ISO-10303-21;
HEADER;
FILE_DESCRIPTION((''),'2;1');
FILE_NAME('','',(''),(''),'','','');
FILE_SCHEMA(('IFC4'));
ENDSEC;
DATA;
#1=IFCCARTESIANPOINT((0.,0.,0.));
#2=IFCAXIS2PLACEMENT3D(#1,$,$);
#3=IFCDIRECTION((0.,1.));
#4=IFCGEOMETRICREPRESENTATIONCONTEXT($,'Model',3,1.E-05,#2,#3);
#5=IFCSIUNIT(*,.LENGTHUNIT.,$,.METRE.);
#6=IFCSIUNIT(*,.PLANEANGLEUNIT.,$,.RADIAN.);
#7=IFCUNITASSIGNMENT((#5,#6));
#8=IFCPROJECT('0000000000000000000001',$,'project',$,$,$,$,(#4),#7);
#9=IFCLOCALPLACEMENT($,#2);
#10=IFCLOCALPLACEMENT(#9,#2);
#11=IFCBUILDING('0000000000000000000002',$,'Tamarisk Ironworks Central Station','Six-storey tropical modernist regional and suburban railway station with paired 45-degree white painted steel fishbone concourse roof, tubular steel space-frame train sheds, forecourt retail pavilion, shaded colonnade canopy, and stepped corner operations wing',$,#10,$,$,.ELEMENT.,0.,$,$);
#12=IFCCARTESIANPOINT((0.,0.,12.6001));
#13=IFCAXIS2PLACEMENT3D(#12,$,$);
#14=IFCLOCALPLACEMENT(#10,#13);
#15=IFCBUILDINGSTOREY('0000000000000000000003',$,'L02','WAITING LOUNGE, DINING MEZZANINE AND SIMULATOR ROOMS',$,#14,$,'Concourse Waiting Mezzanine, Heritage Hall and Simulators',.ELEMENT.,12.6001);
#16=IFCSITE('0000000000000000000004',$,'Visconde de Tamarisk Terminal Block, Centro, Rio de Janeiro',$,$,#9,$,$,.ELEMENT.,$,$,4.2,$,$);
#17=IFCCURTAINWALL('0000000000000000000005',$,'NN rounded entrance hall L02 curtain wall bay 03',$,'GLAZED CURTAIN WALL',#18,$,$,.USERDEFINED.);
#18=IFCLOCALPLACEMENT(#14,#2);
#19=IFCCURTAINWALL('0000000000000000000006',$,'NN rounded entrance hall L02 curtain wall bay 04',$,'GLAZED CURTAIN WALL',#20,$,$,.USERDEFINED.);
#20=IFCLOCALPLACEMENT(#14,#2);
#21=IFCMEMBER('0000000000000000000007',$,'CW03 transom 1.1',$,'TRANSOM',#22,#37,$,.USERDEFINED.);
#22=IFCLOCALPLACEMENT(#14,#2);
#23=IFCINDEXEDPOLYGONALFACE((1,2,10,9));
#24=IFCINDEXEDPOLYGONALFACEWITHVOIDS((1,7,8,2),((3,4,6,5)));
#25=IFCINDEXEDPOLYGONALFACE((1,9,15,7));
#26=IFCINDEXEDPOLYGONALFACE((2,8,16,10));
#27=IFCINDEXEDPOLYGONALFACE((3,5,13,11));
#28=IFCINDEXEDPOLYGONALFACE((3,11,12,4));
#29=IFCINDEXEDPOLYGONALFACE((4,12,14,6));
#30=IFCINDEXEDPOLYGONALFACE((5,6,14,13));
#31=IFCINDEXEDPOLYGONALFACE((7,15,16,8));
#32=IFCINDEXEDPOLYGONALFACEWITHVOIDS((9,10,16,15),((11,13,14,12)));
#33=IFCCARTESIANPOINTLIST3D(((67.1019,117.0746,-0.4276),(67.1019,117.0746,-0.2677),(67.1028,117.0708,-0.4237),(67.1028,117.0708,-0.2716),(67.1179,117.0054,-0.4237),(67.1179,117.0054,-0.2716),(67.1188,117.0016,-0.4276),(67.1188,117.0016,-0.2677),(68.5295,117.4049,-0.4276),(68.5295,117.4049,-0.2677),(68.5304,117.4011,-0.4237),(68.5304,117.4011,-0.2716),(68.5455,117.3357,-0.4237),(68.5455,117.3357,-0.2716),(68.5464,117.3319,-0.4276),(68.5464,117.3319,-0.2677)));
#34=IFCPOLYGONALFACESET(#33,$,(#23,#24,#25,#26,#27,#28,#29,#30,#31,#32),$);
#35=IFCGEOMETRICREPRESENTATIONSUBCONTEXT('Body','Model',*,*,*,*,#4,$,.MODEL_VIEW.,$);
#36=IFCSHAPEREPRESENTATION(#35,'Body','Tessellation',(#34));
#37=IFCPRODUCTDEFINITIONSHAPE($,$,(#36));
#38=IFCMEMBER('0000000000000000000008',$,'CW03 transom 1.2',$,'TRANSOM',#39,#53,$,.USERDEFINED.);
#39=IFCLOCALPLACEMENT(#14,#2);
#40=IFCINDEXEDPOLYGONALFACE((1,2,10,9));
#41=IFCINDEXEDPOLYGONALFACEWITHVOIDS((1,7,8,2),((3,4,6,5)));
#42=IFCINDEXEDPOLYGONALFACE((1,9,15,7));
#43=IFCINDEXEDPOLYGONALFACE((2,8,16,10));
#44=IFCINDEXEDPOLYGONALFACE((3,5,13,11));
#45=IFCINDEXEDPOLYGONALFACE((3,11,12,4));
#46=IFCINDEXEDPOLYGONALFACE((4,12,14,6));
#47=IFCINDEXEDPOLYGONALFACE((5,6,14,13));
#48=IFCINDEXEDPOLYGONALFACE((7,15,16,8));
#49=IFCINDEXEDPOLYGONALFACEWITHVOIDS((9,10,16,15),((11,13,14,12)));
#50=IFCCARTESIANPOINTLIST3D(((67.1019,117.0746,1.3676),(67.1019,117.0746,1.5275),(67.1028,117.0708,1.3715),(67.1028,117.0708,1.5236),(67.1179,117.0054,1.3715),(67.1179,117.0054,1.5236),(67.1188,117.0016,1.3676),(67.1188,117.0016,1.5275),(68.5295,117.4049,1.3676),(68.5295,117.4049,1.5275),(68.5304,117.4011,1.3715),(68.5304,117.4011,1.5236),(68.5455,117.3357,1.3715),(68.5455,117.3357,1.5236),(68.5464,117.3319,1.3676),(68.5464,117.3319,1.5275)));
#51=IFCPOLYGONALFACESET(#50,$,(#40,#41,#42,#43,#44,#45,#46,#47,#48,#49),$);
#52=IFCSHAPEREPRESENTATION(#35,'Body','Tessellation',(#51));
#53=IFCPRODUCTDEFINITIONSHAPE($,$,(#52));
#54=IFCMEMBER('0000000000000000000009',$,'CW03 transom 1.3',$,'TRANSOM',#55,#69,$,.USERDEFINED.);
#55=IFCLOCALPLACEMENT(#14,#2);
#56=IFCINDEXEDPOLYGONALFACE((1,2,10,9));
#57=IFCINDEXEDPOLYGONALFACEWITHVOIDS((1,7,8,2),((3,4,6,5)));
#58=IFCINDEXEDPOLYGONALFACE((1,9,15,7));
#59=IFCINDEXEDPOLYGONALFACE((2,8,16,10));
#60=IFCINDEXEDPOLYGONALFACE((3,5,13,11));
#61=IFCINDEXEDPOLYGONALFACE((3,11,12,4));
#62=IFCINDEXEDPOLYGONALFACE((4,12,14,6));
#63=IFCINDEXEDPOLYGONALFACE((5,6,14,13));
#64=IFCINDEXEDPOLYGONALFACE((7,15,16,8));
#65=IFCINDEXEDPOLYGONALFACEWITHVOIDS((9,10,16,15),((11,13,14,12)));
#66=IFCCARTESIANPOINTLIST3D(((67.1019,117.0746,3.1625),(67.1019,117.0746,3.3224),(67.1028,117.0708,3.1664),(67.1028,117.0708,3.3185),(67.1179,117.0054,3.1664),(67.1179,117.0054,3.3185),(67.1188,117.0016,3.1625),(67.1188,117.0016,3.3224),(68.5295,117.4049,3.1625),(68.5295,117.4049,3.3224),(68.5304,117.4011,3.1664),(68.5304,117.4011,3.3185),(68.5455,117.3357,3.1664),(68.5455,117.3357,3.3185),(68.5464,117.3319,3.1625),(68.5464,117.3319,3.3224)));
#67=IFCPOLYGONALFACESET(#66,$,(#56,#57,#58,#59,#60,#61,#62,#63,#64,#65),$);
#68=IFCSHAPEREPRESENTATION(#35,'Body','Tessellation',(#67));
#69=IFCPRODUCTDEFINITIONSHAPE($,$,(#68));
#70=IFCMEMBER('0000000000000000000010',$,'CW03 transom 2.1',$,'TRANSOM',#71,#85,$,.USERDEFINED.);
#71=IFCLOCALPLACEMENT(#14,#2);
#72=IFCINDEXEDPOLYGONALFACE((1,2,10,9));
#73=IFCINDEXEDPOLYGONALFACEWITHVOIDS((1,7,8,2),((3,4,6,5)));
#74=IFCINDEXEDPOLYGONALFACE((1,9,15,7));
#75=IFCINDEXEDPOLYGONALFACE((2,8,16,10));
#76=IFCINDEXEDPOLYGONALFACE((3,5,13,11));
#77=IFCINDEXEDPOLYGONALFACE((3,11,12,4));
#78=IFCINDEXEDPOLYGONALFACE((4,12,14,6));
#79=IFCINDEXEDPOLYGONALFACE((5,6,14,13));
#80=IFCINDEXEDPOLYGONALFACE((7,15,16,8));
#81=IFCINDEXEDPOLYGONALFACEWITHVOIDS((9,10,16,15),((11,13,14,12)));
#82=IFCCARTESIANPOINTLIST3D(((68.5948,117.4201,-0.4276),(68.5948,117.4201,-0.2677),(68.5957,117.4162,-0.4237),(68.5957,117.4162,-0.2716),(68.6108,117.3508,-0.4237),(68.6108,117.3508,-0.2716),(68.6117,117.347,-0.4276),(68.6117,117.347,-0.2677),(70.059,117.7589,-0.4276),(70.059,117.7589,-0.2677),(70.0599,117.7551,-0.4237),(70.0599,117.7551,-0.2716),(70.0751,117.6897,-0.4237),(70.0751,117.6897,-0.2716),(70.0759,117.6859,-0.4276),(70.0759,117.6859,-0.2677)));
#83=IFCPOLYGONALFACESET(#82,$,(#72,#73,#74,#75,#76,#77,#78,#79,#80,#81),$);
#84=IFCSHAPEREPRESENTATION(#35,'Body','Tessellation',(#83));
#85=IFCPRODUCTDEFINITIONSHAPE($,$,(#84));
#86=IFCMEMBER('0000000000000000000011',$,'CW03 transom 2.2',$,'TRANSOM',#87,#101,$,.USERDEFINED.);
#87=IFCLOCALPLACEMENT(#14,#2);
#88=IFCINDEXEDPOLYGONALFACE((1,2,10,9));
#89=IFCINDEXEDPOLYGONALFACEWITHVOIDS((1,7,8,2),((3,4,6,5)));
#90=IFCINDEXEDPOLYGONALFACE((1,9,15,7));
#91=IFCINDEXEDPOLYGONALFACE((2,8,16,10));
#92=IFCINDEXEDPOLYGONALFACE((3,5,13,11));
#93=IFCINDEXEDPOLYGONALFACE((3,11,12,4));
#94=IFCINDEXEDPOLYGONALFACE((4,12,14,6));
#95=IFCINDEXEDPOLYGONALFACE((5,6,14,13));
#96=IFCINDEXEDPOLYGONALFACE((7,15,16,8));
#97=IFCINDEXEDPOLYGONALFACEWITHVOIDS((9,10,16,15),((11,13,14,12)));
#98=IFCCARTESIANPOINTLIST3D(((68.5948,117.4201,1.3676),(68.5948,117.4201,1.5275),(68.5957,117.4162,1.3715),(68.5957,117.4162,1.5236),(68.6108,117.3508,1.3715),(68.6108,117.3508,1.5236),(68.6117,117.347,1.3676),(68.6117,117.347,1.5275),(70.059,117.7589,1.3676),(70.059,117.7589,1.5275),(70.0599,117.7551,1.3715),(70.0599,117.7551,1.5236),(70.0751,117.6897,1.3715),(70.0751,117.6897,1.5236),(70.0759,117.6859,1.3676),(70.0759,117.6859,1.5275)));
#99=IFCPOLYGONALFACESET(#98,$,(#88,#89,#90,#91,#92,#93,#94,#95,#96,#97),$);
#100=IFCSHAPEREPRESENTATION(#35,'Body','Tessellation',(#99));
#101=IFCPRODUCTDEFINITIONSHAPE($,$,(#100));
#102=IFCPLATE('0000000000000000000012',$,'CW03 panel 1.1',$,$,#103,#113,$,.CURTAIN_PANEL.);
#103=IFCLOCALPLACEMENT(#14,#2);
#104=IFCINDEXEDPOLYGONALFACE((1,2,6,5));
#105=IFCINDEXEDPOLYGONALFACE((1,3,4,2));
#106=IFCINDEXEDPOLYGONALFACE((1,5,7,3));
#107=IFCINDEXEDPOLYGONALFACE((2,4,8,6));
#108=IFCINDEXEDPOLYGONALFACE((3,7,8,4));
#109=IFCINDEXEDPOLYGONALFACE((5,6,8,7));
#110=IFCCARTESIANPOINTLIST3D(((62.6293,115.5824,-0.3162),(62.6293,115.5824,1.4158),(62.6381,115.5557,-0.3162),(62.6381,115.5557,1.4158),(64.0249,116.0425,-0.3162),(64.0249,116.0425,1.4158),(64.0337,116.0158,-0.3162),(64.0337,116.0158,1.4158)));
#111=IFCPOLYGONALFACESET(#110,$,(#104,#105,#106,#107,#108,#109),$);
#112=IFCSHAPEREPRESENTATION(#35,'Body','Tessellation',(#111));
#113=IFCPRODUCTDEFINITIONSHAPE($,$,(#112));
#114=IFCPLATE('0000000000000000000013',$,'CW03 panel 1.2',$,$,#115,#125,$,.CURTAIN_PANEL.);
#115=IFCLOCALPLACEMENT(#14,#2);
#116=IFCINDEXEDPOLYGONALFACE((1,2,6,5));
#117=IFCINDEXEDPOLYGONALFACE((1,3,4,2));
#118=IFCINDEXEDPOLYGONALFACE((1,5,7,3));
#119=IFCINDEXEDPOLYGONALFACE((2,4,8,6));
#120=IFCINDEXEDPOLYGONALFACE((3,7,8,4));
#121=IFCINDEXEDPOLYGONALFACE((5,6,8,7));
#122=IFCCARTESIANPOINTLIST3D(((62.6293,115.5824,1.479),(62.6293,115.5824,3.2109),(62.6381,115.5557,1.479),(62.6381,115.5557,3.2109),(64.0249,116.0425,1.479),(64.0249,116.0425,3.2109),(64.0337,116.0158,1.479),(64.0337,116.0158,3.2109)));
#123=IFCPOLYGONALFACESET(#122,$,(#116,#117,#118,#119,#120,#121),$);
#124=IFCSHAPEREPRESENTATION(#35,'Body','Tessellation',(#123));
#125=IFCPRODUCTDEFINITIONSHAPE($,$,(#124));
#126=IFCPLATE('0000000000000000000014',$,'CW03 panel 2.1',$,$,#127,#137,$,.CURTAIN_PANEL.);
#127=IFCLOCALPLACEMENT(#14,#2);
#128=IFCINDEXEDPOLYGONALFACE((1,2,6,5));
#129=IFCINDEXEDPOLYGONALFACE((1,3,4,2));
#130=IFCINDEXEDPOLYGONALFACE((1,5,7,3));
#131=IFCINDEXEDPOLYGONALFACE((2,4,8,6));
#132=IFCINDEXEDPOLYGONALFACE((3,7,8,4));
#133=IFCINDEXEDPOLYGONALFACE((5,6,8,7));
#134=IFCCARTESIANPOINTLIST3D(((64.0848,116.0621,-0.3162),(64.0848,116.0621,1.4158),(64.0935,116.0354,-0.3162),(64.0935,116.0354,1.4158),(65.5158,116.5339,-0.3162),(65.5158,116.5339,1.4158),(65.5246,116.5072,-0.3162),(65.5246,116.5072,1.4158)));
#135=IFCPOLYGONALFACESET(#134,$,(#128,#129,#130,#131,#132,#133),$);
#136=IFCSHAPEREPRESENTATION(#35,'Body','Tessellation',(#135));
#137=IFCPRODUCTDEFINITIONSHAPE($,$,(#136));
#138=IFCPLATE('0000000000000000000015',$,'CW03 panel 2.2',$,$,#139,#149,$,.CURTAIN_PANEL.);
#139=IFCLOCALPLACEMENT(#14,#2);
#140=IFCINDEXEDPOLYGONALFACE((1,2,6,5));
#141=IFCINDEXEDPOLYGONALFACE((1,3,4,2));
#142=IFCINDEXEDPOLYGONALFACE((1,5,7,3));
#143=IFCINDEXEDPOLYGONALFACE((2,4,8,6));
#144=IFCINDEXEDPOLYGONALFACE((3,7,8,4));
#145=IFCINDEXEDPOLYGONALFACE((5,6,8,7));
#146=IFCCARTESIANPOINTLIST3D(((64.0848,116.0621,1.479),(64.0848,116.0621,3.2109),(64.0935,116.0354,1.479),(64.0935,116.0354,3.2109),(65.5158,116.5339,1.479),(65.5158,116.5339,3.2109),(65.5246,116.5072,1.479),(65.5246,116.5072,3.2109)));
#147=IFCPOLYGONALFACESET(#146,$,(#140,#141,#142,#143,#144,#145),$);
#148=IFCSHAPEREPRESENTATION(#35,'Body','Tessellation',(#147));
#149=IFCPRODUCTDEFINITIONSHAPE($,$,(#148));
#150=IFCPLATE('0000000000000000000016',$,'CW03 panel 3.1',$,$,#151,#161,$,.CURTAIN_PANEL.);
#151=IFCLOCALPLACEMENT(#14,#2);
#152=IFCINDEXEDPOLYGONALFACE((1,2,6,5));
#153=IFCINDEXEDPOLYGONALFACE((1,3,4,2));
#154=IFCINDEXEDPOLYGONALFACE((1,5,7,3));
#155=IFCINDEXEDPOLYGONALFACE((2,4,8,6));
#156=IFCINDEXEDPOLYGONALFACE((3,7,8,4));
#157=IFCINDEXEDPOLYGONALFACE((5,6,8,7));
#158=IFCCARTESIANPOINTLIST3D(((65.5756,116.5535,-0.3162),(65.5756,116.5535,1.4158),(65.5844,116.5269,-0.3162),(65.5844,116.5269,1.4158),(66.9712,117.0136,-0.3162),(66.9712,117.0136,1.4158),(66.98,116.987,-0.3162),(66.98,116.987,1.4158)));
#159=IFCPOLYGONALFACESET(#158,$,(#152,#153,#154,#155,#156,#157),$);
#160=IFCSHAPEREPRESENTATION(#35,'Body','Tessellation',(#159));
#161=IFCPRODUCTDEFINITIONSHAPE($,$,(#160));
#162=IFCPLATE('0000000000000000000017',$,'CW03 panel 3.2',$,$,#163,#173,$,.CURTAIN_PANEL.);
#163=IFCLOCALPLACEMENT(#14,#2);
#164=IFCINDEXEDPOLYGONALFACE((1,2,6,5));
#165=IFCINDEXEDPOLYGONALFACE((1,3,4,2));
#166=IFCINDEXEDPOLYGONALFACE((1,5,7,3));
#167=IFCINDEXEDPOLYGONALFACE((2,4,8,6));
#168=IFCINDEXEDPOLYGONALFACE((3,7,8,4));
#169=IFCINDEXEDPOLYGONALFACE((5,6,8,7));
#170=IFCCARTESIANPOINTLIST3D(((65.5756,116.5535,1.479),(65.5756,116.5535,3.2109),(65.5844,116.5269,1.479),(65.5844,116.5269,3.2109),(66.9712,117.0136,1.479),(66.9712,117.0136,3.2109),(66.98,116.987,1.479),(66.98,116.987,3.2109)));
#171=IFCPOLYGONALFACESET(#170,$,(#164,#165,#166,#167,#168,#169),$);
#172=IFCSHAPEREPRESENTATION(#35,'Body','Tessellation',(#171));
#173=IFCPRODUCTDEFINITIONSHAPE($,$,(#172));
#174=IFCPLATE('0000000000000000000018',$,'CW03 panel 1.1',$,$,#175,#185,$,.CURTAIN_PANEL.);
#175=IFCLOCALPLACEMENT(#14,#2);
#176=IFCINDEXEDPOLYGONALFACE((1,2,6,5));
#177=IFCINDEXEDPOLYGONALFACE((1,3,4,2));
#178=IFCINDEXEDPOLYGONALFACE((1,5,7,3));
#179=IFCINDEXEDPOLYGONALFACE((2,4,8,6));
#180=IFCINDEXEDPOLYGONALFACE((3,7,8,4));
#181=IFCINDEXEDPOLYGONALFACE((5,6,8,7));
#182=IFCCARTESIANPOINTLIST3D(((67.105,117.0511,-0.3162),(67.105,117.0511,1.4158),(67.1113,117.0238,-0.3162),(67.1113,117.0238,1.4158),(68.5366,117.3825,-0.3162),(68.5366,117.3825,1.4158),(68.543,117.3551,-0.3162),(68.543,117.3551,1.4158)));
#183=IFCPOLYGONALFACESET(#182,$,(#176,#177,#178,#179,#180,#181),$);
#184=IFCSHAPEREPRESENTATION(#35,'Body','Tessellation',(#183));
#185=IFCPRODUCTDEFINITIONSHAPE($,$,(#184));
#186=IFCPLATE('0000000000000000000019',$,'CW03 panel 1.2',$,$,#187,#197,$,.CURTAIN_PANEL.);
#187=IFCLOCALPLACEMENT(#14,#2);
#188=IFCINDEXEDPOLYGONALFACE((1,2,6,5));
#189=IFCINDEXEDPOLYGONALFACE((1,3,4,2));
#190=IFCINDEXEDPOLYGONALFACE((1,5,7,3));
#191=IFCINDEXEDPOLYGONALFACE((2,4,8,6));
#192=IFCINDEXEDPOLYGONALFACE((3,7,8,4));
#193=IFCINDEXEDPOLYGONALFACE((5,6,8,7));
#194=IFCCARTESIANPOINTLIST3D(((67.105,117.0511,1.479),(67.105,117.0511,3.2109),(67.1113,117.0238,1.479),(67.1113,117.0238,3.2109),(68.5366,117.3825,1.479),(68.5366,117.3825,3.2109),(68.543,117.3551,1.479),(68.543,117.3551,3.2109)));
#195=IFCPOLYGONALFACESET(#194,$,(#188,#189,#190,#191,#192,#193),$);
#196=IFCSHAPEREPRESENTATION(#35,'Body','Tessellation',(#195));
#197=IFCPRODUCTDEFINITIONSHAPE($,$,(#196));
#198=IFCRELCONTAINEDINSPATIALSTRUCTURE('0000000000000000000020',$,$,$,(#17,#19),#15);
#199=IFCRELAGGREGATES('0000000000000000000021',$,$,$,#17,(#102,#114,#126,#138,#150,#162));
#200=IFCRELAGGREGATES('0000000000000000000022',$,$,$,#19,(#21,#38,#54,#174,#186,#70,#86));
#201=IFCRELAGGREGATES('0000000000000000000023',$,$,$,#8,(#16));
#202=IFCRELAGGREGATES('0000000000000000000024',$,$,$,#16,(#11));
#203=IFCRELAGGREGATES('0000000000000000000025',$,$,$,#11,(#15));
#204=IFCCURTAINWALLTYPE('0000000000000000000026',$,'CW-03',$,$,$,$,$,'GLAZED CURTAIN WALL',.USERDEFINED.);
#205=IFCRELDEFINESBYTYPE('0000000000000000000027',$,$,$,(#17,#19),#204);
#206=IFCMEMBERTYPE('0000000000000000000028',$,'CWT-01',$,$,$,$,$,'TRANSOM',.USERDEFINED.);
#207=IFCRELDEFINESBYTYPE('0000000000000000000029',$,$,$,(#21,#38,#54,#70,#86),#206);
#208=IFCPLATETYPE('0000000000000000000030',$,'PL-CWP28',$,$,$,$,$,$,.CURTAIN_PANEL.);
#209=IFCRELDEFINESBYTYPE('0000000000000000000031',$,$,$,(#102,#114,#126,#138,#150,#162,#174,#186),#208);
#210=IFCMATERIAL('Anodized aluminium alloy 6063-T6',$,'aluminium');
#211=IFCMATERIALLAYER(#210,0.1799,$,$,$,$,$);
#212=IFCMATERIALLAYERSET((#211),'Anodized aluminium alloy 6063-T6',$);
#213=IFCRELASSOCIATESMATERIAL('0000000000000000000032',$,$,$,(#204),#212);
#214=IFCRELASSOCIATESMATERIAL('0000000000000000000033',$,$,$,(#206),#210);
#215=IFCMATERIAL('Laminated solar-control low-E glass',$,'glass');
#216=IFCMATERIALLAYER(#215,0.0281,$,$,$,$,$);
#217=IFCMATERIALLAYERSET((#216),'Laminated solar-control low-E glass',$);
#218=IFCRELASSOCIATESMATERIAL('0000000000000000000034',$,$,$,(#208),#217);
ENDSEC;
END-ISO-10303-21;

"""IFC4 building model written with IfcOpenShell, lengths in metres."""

from ifc_helpers import new_model, si_unit, direction, frame, origin, origin_2d, place, context, subcontext, project, spatial, rectangle, hollow_rectangle, extrude, material, layer, layer_set, material_profile, profile_set, type_object, element, aggregate, save


model = new_model("IFC4")

# Units and contexts
model_context = context("Model", 3, precision=1e-05, world=origin(), true_north=direction((0.0, 1.0)))
body_context = subcontext(model_context, "Body", "Model", "MODEL_VIEW")
ifc_project = project(units=[si_unit("LENGTHUNIT", "METRE"), si_unit("PLANEANGLEUNIT", "RADIAN")], contexts=[model_context])

# Site, building, storey
site_placement = place(None, origin())
site = spatial("IfcSite", under=ifc_project, at=site_placement, Name="Visconde de Tamarisk Terminal Block, Centro, Rio de Janeiro", CompositionType="ELEMENT", RefElevation=4.2)
building_placement = place(site_placement, origin())
building = spatial("IfcBuilding", under=site, at=building_placement, Name="Tamarisk Ironworks Central Station", Description="Six-storey tropical modernist regional and suburban railway station with paired 45-degree white painted steel fishbone concourse roof, tubular steel space-frame train sheds, forecourt retail pavilion, shaded colonnade canopy, and stepped corner operations wing", CompositionType="ELEMENT", ElevationOfRefHeight=0.0)
storey_placement = place(building_placement, frame((0.0, 0.0, 12.6001)))
storey = spatial("IfcBuildingStorey", under=building, at=storey_placement, Name="L02", Description="WAITING LOUNGE, DINING MEZZANINE AND SIMULATOR ROOMS", LongName="Concourse Waiting Mezzanine, Heritage Hall and Simulators", CompositionType="ELEMENT", Elevation=12.6001)

# Shared definitions
ifc_material_1 = material(Name="Anodized aluminium alloy 6063-T6", Category="aluminium")
ifc_layer_1 = layer(ifc_material_1, 0.1799)
ifc_layer_set_1 = layer_set([ifc_layer_1], Name="Anodized aluminium alloy 6063-T6")
curtain_wall_type = type_object("IfcCurtainWallType", Name="CW-03", ElementType="GLAZED CURTAIN WALL", PredefinedType="USERDEFINED", material=ifc_layer_set_1)

# Curtain walls
curtain_wall_1_placement = place(storey_placement, origin())
curtain_wall_1 = element("IfcCurtainWall", 1, at=curtain_wall_1_placement, inside=storey, type_object=curtain_wall_type, Name="NN rounded entrance hall L02 curtain wall bay 03", ObjectType="GLAZED CURTAIN WALL", PredefinedType="USERDEFINED")
curtain_wall_2_placement = place(storey_placement, origin())
curtain_wall_2 = element("IfcCurtainWall", 2, at=curtain_wall_2_placement, inside=storey, type_object=curtain_wall_type, Name="NN rounded entrance hall L02 curtain wall bay 04", ObjectType="GLAZED CURTAIN WALL", PredefinedType="USERDEFINED")

# Members
ifc_material_profile_1 = material_profile(ifc_material_1, hollow_rectangle(XDim=0.075, YDim=0.1599, WallThickness=0.0039, at=origin_2d()), Name="ALUM 160x75")
ifc_profile_set_1 = profile_set([ifc_material_profile_1], Name="Anodized aluminium alloy 6063-T6")
member_type_1 = type_object("IfcMemberType", Name="CWT-01", ElementType="TRANSOM", PredefinedType="USERDEFINED", material=ifc_profile_set_1)
member_1_placement = place(storey_placement, frame((67.1104, 117.0381, -0.3477), z_axis=(0.974256, 0.225444, 0.0), x_axis=(-0.225444, 0.974256, 0.0)))
member_1 = element("IfcMember", 3, at=member_1_placement, type_object=member_type_1, Name="CW03 transom 1.1", ObjectType="TRANSOM", PredefinedType="USERDEFINED", context=body_context, shape_type="SweptSolid", body=[
    extrude(hollow_rectangle(XDim=0.075, YDim=0.1599, WallThickness=0.0039, at=origin_2d()), origin(), (0.0, 0.0, 1.0), 1.4653),
])
member_2_placement = place(storey_placement, frame((67.1104, 117.0381, 1.4475), z_axis=(0.974256, 0.225444, 0.0), x_axis=(-0.225444, 0.974256, 0.0)))
member_2 = element("IfcMember", 4, at=member_2_placement, type_object=member_type_1, Name="CW03 transom 1.2", ObjectType="TRANSOM", PredefinedType="USERDEFINED", context=body_context, shape_type="SweptSolid", body=[
    extrude(hollow_rectangle(XDim=0.075, YDim=0.1599, WallThickness=0.0039, at=origin_2d()), origin(), (0.0, 0.0, 1.0), 1.4653),
])
member_3_placement = place(storey_placement, frame((67.1104, 117.0381, 3.2424), z_axis=(0.974256, 0.225444, 0.0), x_axis=(-0.225444, 0.974256, 0.0)))
member_3 = element("IfcMember", 5, at=member_3_placement, type_object=member_type_1, Name="CW03 transom 1.3", ObjectType="TRANSOM", PredefinedType="USERDEFINED", context=body_context, shape_type="SweptSolid", body=[
    extrude(hollow_rectangle(XDim=0.075, YDim=0.1599, WallThickness=0.0039, at=origin_2d()), origin(), (0.0, 0.0, 1.0), 1.4653),
])
member_4_placement = place(storey_placement, frame((68.6033, 117.3835, -0.3477), z_axis=(0.974246, 0.225488, 0.0), x_axis=(-0.225488, 0.974246, 0.0)))
member_4 = element("IfcMember", 6, at=member_4_placement, type_object=member_type_1, Name="CW03 transom 2.1", ObjectType="TRANSOM", PredefinedType="USERDEFINED", context=body_context, shape_type="SweptSolid", body=[
    extrude(hollow_rectangle(XDim=0.075, YDim=0.1599, WallThickness=0.0039, at=origin_2d()), origin(), (0.0, 0.0, 1.0), 1.5029),
])
member_5_placement = place(storey_placement, frame((68.6033, 117.3835, 1.4475), z_axis=(0.974246, 0.225488, 0.0), x_axis=(-0.225488, 0.974246, 0.0)))
member_5 = element("IfcMember", 7, at=member_5_placement, type_object=member_type_1, Name="CW03 transom 2.2", ObjectType="TRANSOM", PredefinedType="USERDEFINED", context=body_context, shape_type="SweptSolid", body=[
    extrude(hollow_rectangle(XDim=0.075, YDim=0.1599, WallThickness=0.0039, at=origin_2d()), origin(), (0.0, 0.0, 1.0), 1.5029),
])

# Plates
ifc_material_2 = material(Name="Laminated solar-control low-E glass", Category="glass")
ifc_layer_2 = layer(ifc_material_2, 0.0281)
ifc_layer_set_2 = layer_set([ifc_layer_2], Name="Laminated solar-control low-E glass")
plate_type = type_object("IfcPlateType", Name="PL-CWP28", PredefinedType="CURTAIN_PANEL", material=ifc_layer_set_2)
plate_1_placement = place(storey_placement, frame((63.3315, 115.7991, -0.3162), z_axis=(0.0, 0.0, 1.0), x_axis=(0.949721, 0.313098, 0.0)))
plate_1 = element("IfcPlate", 8, at=plate_1_placement, type_object=plate_type, Name="CW03 panel 1.1", PredefinedType="CURTAIN_PANEL", context=body_context, shape_type="SweptSolid", body=[
    extrude(rectangle(XDim=1.4695, YDim=0.0281, at=origin_2d()), origin(), (0.0, 0.0, 1.0), 1.7319),
])
plate_2_placement = place(storey_placement, frame((63.3315, 115.7991, 1.479), z_axis=(0.0, 0.0, 1.0), x_axis=(0.949721, 0.313098, 0.0)))
plate_2 = element("IfcPlate", 9, at=plate_2_placement, type_object=plate_type, Name="CW03 panel 1.2", PredefinedType="CURTAIN_PANEL", context=body_context, shape_type="SweptSolid", body=[
    extrude(rectangle(XDim=1.4695, YDim=0.0281, at=origin_2d()), origin(), (0.0, 0.0, 1.0), 1.7319),
])
plate_3_placement = place(storey_placement, frame((64.8047, 116.2847, -0.3162), z_axis=(0.0, 0.0, 1.0), x_axis=(0.949721, 0.313098, 0.0)))
plate_3 = element("IfcPlate", 10, at=plate_3_placement, type_object=plate_type, Name="CW03 panel 2.1", PredefinedType="CURTAIN_PANEL", context=body_context, shape_type="SweptSolid", body=[
    extrude(rectangle(XDim=1.5068, YDim=0.0281, at=origin_2d()), origin(), (0.0, 0.0, 1.0), 1.7319),
])
plate_4_placement = place(storey_placement, frame((64.8047, 116.2847, 1.479), z_axis=(0.0, 0.0, 1.0), x_axis=(0.949721, 0.313098, 0.0)))
plate_4 = element("IfcPlate", 11, at=plate_4_placement, type_object=plate_type, Name="CW03 panel 2.2", PredefinedType="CURTAIN_PANEL", context=body_context, shape_type="SweptSolid", body=[
    extrude(rectangle(XDim=1.5068, YDim=0.0281, at=origin_2d()), origin(), (0.0, 0.0, 1.0), 1.7319),
])
plate_5_placement = place(storey_placement, frame((66.2778, 116.7703, -0.3162), z_axis=(0.0, 0.0, 1.0), x_axis=(0.949721, 0.313098, 0.0)))
plate_5 = element("IfcPlate", 12, at=plate_5_placement, type_object=plate_type, Name="CW03 panel 3.1", PredefinedType="CURTAIN_PANEL", context=body_context, shape_type="SweptSolid", body=[
    extrude(rectangle(XDim=1.4695, YDim=0.0281, at=origin_2d()), origin(), (0.0, 0.0, 1.0), 1.7319),
])
plate_6_placement = place(storey_placement, frame((66.2778, 116.7703, 1.479), z_axis=(0.0, 0.0, 1.0), x_axis=(0.949721, 0.313098, 0.0)))
plate_6 = element("IfcPlate", 13, at=plate_6_placement, type_object=plate_type, Name="CW03 panel 3.2", PredefinedType="CURTAIN_PANEL", context=body_context, shape_type="SweptSolid", body=[
    extrude(rectangle(XDim=1.4695, YDim=0.0281, at=origin_2d()), origin(), (0.0, 0.0, 1.0), 1.7319),
])
aggregate(curtain_wall_1, [plate_1, plate_2, plate_3, plate_4, plate_5, plate_6])
plate_7_placement = place(storey_placement, frame((67.824, 117.2031, -0.3162), z_axis=(0.0, 0.0, 1.0), x_axis=(0.974239, 0.225517, 0.0)))
plate_7 = element("IfcPlate", 14, at=plate_7_placement, type_object=plate_type, Name="CW03 panel 1.1", PredefinedType="CURTAIN_PANEL", context=body_context, shape_type="SweptSolid", body=[
    extrude(rectangle(XDim=1.4695, YDim=0.0281, at=origin_2d()), origin(), (0.0, 0.0, 1.0), 1.7319),
])
plate_8_placement = place(storey_placement, frame((67.824, 117.2031, 1.479), z_axis=(0.0, 0.0, 1.0), x_axis=(0.974239, 0.225517, 0.0)))
plate_8 = element("IfcPlate", 15, at=plate_8_placement, type_object=plate_type, Name="CW03 panel 1.2", PredefinedType="CURTAIN_PANEL", context=body_context, shape_type="SweptSolid", body=[
    extrude(rectangle(XDim=1.4695, YDim=0.0281, at=origin_2d()), origin(), (0.0, 0.0, 1.0), 1.7319),
])
aggregate(curtain_wall_2, [member_1, member_2, member_3, plate_7, plate_8, member_4, member_5])

save(model, "model.ifc")
